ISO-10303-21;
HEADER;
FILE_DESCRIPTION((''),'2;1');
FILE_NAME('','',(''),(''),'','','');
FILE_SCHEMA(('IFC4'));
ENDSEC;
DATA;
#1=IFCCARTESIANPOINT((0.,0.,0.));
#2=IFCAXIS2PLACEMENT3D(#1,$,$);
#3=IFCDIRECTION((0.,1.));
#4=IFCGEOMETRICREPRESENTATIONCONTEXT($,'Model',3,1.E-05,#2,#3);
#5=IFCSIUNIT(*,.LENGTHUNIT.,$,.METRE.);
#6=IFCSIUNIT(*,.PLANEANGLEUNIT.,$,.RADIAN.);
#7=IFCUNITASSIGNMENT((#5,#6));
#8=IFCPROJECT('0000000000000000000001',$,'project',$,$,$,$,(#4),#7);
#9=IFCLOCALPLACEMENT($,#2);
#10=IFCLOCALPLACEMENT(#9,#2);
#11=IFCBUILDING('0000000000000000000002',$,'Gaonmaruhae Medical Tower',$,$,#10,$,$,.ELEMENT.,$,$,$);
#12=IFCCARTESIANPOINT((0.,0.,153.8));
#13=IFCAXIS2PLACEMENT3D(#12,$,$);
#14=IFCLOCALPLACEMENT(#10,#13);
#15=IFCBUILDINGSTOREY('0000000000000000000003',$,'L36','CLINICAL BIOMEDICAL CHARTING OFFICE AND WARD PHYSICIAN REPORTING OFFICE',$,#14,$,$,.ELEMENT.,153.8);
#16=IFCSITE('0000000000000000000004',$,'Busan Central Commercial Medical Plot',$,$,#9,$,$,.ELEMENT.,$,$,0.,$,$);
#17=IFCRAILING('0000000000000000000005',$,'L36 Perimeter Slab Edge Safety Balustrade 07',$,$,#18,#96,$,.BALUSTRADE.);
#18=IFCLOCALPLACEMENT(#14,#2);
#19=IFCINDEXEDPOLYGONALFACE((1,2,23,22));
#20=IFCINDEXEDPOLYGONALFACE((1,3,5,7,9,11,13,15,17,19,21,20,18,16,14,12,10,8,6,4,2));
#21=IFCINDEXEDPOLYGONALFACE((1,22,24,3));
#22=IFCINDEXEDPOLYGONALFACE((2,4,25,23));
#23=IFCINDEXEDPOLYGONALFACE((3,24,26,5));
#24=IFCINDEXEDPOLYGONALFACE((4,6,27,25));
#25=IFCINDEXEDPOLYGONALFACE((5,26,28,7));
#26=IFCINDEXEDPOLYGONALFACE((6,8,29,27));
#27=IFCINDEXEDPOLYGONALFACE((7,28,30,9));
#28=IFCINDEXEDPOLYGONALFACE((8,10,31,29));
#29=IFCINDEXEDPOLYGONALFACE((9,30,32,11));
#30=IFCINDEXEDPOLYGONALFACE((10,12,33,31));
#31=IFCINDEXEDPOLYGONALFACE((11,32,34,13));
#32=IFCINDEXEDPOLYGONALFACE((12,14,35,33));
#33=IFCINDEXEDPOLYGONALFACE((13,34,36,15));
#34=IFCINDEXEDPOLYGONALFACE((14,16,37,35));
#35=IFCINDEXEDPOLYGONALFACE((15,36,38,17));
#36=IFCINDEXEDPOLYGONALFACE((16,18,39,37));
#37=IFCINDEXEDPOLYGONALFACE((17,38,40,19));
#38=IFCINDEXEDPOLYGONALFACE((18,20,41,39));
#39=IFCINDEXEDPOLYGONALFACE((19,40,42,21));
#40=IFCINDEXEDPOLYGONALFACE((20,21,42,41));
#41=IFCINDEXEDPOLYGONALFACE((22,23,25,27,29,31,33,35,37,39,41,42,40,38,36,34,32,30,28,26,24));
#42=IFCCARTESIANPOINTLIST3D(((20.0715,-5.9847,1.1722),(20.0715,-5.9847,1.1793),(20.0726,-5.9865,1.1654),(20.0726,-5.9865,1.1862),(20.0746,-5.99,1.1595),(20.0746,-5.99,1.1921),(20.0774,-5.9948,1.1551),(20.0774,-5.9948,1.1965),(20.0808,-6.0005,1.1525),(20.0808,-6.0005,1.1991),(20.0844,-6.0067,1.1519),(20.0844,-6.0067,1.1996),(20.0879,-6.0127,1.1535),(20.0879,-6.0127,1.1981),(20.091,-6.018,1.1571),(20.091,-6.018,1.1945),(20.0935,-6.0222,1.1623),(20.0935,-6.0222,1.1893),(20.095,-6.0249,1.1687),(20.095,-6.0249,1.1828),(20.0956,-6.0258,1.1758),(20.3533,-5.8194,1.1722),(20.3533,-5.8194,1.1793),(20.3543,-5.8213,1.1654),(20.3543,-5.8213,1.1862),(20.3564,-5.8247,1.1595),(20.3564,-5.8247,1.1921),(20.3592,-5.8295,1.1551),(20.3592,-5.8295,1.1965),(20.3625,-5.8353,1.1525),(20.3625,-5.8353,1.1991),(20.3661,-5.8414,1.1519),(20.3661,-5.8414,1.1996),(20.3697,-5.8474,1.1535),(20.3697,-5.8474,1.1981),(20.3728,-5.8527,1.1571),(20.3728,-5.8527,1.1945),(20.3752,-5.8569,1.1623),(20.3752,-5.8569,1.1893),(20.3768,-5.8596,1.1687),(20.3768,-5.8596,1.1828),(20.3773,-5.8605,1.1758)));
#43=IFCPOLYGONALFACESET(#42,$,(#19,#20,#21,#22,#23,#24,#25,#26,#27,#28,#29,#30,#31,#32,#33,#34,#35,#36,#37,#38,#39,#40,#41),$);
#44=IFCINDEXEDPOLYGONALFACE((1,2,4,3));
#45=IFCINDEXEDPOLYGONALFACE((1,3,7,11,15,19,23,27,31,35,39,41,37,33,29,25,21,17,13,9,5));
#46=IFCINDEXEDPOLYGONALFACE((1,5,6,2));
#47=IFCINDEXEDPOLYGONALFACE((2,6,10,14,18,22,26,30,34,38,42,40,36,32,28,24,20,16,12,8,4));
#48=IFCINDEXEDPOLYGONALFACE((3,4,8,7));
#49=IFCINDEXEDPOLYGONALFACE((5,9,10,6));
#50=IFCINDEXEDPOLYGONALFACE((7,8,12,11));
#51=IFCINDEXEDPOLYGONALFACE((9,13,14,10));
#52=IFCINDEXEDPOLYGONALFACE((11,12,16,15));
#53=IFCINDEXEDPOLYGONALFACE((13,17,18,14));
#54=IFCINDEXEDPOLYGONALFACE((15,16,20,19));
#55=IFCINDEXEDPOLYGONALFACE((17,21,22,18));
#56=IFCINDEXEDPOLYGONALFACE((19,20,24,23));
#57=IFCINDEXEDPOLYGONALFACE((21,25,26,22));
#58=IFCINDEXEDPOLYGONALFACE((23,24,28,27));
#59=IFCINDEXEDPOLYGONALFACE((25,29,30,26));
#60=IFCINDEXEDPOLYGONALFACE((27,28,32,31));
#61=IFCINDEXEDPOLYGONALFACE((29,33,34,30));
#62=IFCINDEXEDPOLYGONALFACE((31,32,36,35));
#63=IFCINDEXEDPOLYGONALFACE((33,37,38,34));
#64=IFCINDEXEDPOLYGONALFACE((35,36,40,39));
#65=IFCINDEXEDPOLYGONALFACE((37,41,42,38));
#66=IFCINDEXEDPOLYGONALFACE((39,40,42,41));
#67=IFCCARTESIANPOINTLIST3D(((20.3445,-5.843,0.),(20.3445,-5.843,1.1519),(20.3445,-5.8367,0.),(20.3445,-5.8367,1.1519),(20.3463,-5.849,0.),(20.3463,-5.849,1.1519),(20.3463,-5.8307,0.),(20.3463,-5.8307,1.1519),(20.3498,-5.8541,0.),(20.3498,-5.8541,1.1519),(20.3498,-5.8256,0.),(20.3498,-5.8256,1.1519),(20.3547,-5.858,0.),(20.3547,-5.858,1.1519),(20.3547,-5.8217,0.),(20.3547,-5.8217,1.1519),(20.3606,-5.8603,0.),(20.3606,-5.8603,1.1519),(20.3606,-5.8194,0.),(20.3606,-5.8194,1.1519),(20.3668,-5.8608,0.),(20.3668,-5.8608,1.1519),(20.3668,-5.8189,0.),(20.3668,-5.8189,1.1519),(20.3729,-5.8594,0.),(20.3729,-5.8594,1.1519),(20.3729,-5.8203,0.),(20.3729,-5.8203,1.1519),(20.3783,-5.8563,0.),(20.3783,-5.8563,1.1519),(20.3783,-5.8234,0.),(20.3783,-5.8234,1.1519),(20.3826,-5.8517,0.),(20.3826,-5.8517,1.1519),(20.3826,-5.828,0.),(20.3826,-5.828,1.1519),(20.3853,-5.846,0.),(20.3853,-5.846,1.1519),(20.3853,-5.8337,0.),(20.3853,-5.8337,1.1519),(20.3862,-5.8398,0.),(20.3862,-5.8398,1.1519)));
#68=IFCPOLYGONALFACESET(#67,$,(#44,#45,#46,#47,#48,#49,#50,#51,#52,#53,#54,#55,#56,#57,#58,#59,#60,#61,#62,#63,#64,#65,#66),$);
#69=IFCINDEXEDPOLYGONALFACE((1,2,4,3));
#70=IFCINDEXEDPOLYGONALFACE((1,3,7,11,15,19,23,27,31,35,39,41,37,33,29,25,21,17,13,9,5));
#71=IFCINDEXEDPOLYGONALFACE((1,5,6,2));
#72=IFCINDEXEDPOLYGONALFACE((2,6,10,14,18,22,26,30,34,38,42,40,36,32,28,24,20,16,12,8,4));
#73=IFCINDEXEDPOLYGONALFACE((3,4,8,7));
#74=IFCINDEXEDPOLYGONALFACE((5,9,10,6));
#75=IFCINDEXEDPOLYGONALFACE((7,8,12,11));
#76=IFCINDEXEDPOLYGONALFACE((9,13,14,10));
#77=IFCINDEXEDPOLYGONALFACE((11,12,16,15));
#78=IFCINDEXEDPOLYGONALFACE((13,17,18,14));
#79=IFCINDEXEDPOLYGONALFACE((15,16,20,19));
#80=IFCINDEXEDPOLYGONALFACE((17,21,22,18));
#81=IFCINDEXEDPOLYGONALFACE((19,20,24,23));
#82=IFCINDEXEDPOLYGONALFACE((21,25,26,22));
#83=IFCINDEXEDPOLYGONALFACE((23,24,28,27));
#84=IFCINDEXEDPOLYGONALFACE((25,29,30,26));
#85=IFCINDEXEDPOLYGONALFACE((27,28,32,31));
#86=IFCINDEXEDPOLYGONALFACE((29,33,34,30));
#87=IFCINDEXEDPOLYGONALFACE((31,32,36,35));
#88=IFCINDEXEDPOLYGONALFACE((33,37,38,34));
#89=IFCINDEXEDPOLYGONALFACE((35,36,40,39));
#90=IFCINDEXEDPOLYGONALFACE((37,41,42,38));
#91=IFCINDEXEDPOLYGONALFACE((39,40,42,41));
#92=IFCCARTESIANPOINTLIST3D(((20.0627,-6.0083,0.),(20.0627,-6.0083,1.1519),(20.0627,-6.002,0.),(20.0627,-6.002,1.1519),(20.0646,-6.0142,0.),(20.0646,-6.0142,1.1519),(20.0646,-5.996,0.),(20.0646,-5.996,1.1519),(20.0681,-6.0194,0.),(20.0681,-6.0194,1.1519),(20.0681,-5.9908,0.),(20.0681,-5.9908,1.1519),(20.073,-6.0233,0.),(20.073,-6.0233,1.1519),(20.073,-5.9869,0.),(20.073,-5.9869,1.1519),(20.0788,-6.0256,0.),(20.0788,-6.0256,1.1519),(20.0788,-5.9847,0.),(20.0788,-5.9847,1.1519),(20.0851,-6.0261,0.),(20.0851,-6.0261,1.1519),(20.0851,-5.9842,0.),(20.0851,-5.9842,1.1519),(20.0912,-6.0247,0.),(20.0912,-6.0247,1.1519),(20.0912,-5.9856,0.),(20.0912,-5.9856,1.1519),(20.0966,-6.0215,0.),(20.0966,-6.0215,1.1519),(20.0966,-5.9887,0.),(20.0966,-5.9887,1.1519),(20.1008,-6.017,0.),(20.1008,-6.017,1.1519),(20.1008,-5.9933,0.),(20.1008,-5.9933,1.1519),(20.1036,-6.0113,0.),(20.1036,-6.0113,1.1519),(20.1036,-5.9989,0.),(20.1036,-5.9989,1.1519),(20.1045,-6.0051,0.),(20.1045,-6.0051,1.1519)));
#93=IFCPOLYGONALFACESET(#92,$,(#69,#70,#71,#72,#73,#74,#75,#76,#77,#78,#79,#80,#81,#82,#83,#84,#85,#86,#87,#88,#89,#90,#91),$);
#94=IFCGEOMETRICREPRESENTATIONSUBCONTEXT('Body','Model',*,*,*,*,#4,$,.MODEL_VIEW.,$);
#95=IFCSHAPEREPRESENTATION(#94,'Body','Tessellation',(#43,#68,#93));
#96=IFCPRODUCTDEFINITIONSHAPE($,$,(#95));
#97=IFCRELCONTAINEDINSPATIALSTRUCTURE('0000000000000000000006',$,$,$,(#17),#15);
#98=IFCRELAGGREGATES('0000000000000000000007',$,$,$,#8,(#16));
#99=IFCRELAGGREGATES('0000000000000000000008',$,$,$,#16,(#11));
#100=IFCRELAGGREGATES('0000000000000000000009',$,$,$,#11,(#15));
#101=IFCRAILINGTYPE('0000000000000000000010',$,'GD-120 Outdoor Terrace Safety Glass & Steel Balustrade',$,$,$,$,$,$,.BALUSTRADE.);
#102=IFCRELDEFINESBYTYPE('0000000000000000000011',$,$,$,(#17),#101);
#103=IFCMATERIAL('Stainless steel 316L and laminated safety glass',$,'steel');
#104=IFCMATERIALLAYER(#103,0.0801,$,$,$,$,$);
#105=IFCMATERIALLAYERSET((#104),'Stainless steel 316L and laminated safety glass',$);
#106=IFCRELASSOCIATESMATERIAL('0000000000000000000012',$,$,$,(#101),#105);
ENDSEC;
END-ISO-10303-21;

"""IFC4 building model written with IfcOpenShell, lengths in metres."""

from ifc_helpers import new_model, si_unit, direction, frame, origin, origin_2d, place, context, subcontext, project, spatial, circle, extrude, material, layer, layer_set, type_object, element, save


model = new_model("IFC4")

# Units and contexts
model_context = context("Model", 3, precision=1e-05, world=origin(), true_north=direction((0.0, 1.0)))
body_context = subcontext(model_context, "Body", "Model", "MODEL_VIEW")
ifc_project = project(units=[si_unit("LENGTHUNIT", "METRE"), si_unit("PLANEANGLEUNIT", "RADIAN")], contexts=[model_context])

# Site, building, storey
site_placement = place(None, origin())
site = spatial("IfcSite", under=ifc_project, at=site_placement, Name="Busan Central Commercial Medical Plot", CompositionType="ELEMENT", RefElevation=0.0)
building_placement = place(site_placement, origin())
building = spatial("IfcBuilding", under=site, at=building_placement, Name="Gaonmaruhae Medical Tower", CompositionType="ELEMENT")
storey_placement = place(building_placement, frame((0.0, 0.0, 153.8)))
storey = spatial("IfcBuildingStorey", under=building, at=storey_placement, Name="L36", Description="CLINICAL BIOMEDICAL CHARTING OFFICE AND WARD PHYSICIAN REPORTING OFFICE", CompositionType="ELEMENT", Elevation=153.8)

# Railing
ifc_material_1 = material(Name="Stainless steel 316L and laminated safety glass", Category="steel")
ifc_layer_1 = layer(ifc_material_1, 0.0801)
ifc_layer_set_1 = layer_set([ifc_layer_1], Name="Stainless steel 316L and laminated safety glass")
railing_type = type_object("IfcRailingType", Name="GD-120 Outdoor Terrace Safety Glass & Steel Balustrade", PredefinedType="BALUSTRADE", material=ifc_layer_set_1)
railing_1_placement = place(storey_placement, frame((20.3652, -5.8398, 0.0)))
element("IfcRailing", 1, at=railing_1_placement, inside=storey, type_object=railing_type, Name="L36 Perimeter Slab Edge Safety Balustrade 07", PredefinedType="BALUSTRADE", context=body_context, shape_type="SweptSolid", body=[
    extrude(circle(Radius=0.0239, at=origin_2d()), frame((0.0, 0.0, 1.1758), z_axis=(-0.862529, -0.506007, 0.0), x_axis=(0.506007, -0.862529, 0.0)), (0.0, 0.0, 1.0), 0.3267),
    extrude(circle(Radius=0.021, at=origin_2d()), origin(), (0.0, 0.0, 1.0), 1.1519),
    extrude(circle(Radius=0.021, at=origin_2d()), frame((-0.2817, -0.1653, 0.0)), (0.0, 0.0, 1.0), 1.1519),
])

save(model, "model.ifc")
